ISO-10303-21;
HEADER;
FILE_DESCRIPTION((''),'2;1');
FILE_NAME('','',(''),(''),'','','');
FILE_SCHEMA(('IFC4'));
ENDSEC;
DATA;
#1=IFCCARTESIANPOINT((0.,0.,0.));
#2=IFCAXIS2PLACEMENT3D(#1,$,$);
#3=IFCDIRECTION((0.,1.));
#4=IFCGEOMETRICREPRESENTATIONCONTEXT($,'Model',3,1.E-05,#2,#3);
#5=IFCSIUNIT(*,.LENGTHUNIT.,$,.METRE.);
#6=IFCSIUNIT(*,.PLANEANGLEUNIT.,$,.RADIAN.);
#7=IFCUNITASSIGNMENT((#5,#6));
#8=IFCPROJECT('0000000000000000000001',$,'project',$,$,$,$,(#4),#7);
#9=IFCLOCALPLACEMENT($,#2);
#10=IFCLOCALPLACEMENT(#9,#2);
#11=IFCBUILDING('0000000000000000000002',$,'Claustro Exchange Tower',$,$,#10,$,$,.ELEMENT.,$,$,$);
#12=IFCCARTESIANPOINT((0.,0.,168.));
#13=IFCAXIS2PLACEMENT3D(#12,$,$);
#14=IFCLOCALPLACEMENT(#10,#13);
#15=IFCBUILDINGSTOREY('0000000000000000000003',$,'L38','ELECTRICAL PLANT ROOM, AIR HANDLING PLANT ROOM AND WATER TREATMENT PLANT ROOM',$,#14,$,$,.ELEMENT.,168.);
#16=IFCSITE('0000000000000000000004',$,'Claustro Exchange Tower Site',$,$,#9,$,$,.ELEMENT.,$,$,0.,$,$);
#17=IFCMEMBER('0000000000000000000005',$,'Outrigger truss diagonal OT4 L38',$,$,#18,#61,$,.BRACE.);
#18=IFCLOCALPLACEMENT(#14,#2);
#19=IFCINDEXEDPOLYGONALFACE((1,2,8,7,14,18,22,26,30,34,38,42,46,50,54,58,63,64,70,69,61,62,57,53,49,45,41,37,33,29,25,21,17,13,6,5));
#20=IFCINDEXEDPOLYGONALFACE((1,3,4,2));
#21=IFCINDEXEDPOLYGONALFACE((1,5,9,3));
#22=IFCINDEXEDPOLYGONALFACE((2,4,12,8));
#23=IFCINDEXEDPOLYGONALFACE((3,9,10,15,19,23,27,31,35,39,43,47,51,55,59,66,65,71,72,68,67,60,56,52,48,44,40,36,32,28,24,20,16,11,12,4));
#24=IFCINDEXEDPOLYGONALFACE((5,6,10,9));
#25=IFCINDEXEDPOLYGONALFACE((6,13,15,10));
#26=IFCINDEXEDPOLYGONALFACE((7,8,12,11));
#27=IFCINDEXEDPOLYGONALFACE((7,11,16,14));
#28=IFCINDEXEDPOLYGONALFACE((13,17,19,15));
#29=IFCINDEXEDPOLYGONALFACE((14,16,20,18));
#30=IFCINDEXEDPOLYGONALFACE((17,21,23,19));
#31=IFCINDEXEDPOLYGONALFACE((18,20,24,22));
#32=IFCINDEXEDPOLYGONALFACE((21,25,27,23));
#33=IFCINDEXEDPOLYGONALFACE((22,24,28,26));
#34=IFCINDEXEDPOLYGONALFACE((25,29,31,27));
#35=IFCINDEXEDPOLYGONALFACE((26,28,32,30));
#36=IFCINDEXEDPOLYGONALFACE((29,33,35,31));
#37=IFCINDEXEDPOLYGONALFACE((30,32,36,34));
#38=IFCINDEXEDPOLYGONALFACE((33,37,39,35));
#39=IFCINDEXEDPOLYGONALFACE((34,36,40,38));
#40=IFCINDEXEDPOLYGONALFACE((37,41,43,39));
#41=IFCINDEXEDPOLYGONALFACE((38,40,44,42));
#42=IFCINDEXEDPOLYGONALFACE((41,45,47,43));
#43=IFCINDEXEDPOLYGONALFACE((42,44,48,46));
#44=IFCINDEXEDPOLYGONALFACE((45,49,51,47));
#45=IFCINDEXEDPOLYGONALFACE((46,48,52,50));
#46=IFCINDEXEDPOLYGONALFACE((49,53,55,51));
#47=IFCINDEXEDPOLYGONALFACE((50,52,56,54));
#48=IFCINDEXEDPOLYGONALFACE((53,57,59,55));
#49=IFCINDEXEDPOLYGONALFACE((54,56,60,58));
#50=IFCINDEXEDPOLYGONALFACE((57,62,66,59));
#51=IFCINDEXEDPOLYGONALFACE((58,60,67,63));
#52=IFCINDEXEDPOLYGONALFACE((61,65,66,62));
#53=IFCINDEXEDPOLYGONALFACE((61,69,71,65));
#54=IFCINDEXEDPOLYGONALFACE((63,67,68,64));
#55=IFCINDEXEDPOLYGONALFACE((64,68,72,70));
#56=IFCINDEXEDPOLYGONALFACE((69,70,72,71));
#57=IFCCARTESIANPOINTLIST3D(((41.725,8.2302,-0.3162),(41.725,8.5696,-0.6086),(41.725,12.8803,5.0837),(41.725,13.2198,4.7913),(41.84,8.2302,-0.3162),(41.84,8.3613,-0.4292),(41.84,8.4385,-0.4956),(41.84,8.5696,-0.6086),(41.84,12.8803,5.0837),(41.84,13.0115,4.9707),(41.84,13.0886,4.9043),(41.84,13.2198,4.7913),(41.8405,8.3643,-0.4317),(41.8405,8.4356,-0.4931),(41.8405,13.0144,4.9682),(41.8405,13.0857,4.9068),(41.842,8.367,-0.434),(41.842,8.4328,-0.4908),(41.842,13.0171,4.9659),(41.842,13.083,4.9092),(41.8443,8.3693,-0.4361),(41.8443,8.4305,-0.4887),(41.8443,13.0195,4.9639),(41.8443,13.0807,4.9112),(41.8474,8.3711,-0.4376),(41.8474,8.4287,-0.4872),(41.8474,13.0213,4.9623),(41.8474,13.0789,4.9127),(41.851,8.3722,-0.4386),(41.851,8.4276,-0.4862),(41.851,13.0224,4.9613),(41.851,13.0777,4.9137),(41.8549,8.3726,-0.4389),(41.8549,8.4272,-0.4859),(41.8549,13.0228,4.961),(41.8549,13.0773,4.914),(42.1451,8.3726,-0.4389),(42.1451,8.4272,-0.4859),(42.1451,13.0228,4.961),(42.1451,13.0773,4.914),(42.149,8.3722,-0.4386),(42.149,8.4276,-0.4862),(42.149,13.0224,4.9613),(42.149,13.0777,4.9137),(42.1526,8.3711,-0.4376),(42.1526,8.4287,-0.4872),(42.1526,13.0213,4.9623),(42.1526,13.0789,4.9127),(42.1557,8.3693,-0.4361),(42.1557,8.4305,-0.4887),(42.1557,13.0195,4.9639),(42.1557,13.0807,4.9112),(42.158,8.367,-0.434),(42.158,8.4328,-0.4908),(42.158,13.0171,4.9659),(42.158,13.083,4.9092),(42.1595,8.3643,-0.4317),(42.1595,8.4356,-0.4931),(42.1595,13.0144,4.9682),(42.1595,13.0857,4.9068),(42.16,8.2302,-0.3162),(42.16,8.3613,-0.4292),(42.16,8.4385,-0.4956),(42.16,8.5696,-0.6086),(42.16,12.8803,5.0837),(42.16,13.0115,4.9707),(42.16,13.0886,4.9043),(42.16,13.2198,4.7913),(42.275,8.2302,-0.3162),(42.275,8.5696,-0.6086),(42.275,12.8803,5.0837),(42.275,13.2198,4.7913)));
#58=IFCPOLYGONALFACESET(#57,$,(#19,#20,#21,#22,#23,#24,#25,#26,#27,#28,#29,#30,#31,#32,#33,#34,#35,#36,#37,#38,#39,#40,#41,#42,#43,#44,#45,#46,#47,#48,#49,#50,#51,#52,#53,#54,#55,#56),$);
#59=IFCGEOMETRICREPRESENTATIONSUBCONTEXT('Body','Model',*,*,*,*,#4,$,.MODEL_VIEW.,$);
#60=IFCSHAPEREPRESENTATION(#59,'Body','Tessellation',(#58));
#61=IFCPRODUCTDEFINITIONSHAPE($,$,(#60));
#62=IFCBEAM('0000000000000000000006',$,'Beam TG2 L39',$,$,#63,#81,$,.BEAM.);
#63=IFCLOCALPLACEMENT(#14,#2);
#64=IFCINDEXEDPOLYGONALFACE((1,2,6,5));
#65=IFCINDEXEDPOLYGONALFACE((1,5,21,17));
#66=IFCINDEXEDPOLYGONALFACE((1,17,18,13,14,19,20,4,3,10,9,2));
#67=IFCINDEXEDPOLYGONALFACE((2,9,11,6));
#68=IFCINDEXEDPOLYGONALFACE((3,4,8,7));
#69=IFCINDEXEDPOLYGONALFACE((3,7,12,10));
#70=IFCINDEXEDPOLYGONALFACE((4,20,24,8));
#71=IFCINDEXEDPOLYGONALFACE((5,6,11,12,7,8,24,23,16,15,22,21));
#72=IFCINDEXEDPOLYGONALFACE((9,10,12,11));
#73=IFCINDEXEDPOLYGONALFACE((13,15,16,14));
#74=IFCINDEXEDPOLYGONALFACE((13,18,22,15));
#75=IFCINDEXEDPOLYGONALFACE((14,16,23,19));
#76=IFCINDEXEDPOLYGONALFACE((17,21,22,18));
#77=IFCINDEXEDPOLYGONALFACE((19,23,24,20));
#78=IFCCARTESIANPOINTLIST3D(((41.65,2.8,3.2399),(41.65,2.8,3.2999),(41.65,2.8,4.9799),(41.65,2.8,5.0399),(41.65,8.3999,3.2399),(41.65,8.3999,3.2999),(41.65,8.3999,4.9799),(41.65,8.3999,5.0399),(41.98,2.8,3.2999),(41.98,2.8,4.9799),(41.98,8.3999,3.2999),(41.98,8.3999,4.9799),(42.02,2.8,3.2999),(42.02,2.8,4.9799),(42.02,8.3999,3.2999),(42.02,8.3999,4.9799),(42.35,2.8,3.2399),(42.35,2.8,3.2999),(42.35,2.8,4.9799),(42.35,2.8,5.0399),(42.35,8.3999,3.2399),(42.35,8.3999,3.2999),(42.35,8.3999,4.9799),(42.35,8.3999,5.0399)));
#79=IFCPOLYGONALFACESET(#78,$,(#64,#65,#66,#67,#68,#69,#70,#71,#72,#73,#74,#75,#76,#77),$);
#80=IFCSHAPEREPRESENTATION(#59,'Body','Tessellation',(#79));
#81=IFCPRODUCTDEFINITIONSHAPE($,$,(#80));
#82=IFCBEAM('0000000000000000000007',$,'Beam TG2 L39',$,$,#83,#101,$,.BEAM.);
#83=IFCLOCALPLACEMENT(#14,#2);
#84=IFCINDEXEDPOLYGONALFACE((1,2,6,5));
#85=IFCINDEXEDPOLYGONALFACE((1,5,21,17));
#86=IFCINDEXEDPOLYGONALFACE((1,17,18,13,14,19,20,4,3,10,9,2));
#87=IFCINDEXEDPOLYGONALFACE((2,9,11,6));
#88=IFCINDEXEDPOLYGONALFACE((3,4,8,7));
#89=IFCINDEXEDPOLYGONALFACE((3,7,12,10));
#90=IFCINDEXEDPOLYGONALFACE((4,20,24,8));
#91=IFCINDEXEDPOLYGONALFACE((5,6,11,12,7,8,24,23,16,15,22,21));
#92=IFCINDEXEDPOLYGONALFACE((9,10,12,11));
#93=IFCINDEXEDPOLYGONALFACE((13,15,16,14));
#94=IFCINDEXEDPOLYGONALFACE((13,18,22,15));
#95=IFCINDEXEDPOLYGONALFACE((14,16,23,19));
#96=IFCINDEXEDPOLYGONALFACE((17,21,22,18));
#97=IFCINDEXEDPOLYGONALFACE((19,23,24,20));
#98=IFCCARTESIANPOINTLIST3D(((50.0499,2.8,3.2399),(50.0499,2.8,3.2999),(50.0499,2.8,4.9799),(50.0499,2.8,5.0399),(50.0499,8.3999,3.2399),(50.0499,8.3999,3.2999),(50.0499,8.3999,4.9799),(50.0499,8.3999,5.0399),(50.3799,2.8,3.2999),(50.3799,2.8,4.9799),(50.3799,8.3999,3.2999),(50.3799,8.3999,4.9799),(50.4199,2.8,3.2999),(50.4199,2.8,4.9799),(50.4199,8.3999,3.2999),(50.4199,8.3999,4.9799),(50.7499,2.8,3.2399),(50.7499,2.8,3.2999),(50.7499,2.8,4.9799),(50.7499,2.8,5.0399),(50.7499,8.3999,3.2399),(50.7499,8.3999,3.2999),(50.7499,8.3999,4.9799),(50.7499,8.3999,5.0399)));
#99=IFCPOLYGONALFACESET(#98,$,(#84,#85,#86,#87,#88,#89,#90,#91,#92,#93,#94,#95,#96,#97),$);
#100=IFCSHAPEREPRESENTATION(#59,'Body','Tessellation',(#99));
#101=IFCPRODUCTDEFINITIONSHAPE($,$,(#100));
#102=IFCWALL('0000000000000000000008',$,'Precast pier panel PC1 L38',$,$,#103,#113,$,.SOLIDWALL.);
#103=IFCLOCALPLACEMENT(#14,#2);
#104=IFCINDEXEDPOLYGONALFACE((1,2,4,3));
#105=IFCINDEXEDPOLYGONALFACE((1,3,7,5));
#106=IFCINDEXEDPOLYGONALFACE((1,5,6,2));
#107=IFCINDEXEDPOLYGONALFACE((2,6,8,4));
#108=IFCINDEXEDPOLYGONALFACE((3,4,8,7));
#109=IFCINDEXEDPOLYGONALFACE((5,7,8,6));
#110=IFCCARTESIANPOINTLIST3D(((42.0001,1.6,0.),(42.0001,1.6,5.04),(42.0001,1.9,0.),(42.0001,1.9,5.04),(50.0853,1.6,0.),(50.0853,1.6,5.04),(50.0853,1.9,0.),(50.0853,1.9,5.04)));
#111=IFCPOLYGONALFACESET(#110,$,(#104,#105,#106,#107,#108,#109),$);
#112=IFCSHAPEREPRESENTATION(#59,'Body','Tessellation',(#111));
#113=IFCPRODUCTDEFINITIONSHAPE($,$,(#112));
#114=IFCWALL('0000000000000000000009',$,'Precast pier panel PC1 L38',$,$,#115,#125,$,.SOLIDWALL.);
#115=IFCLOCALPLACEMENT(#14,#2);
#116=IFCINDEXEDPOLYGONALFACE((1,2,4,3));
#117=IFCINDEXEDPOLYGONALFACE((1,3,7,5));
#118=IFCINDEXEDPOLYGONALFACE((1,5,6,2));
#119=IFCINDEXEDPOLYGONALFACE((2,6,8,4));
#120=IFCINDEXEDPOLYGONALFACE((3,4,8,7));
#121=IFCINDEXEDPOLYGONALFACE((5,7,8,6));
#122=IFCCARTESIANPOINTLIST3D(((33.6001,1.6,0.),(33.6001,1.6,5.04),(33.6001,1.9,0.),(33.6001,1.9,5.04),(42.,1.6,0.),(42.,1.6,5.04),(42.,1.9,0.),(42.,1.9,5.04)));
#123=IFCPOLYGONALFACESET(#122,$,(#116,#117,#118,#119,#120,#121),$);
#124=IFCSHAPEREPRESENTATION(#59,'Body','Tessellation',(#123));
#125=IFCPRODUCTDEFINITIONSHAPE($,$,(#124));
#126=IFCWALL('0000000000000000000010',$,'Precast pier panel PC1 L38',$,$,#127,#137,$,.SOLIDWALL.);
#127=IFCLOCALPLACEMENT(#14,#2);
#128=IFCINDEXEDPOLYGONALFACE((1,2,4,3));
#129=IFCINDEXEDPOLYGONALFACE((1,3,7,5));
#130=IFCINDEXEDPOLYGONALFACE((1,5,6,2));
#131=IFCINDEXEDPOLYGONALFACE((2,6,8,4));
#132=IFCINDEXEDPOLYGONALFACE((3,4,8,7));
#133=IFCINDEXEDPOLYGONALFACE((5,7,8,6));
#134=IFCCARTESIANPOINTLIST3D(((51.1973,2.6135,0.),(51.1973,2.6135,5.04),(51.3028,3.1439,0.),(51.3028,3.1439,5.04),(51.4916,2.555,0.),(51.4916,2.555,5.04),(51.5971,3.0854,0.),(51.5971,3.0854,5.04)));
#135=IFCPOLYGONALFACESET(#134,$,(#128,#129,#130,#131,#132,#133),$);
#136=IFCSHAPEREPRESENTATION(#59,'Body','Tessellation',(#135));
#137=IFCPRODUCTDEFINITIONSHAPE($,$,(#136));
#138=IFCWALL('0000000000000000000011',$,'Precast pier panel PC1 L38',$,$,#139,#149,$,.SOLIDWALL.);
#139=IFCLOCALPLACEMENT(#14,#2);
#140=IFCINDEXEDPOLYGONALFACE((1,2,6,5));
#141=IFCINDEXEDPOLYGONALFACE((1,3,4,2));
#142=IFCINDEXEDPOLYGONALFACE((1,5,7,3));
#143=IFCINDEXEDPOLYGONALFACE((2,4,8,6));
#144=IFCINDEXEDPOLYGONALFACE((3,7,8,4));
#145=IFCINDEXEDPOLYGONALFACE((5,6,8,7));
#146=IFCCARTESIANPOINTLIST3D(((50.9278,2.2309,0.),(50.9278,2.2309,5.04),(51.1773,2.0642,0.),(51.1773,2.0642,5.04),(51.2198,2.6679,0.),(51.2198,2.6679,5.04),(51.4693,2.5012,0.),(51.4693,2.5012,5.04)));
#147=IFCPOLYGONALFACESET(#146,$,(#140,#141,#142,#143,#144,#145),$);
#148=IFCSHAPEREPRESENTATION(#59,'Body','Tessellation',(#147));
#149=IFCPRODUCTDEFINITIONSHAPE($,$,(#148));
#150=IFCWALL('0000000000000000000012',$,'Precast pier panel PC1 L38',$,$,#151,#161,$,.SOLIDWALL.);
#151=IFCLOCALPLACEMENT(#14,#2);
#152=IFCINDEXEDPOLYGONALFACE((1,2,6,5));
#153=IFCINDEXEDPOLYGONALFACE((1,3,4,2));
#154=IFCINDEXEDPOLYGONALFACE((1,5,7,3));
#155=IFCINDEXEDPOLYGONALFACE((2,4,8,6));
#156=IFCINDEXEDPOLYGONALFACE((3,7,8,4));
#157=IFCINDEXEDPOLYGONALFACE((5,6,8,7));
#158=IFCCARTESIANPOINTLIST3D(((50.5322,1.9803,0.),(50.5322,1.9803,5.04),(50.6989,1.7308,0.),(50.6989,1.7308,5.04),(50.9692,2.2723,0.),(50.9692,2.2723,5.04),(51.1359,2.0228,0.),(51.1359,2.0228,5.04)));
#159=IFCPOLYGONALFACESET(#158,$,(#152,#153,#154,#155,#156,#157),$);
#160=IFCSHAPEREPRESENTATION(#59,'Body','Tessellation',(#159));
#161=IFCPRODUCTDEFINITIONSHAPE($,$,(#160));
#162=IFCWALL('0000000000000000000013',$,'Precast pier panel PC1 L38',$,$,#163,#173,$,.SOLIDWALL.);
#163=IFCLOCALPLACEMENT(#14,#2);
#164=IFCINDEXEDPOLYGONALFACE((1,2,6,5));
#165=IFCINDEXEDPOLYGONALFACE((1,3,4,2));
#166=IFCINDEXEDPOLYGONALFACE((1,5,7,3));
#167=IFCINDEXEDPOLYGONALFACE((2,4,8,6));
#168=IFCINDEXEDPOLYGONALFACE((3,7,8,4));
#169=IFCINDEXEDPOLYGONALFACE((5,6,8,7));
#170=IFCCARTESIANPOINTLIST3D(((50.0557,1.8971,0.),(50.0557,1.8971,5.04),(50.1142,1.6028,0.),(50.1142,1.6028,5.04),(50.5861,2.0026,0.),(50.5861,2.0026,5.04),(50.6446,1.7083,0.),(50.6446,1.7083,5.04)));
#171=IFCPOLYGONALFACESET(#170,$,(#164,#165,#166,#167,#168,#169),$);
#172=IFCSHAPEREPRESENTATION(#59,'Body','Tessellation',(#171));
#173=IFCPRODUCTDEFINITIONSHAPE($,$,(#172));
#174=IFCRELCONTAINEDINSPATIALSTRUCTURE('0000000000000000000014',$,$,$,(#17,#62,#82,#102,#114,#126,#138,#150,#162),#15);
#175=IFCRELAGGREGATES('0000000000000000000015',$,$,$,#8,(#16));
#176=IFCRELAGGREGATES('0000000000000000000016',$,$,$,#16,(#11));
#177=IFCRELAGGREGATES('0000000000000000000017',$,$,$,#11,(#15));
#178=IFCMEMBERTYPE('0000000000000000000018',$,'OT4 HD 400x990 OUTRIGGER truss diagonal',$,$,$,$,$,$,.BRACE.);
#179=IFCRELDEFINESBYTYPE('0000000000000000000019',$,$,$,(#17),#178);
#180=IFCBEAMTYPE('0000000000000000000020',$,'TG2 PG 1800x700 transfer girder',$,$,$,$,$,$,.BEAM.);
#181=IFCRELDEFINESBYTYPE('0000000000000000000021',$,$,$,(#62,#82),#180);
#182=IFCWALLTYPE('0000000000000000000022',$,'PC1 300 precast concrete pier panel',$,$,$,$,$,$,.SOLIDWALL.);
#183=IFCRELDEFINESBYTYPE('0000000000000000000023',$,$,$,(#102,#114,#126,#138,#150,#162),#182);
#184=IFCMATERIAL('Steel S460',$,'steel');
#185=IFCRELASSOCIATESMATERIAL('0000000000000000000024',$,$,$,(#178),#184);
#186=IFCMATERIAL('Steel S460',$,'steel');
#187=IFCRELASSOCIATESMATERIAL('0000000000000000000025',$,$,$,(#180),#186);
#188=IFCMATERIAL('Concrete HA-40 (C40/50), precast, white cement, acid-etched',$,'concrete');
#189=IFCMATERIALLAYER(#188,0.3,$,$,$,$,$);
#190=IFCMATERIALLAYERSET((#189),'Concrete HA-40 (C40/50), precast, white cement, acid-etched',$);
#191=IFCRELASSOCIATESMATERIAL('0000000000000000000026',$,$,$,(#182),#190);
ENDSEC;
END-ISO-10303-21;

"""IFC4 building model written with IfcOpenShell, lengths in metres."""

from ifc_helpers import new_model, si_unit, direction, frame, frame_2d, origin, origin_2d, place, context, subcontext, project, spatial, rectangle, i_section, extrude, material, layer, layer_set, material_profile, profile_set, type_object, element, save


model = new_model("IFC4")

# Units and contexts
model_context = context("Model", 3, precision=1e-05, world=origin(), true_north=direction((0.0, 1.0)))
body_context = subcontext(model_context, "Body", "Model", "MODEL_VIEW")
ifc_project = project(units=[si_unit("LENGTHUNIT", "METRE"), si_unit("PLANEANGLEUNIT", "RADIAN")], contexts=[model_context])

# Site, building, storey
site_placement = place(None, origin())
site = spatial("IfcSite", under=ifc_project, at=site_placement, Name="Claustro Exchange Tower Site", CompositionType="ELEMENT", RefElevation=0.0)
building_placement = place(site_placement, origin())
building = spatial("IfcBuilding", under=site, at=building_placement, Name="Claustro Exchange Tower", CompositionType="ELEMENT")
storey_placement = place(building_placement, frame((0.0, 0.0, 168.0)))
storey = spatial("IfcBuildingStorey", under=building, at=storey_placement, Name="L38", Description="ELECTRICAL PLANT ROOM, AIR HANDLING PLANT ROOM AND WATER TREATMENT PLANT ROOM", CompositionType="ELEMENT", Elevation=168.0)

# Member
ifc_material_1 = material(Name="Steel S460", Category="steel")
ifc_material_profile_1 = material_profile(ifc_material_1, i_section(OverallWidth=0.448, OverallDepth=0.55, WebThickness=0.072, FlangeThickness=0.115, FilletRadius=0.0149, at=origin_2d()), Name="HD 400x990")
ifc_profile_set_1 = profile_set([ifc_material_profile_1], Name="Steel S460")
member_type_1 = type_object("IfcMemberType", Name="OT4 HD 400x990 OUTRIGGER truss diagonal", PredefinedType="BRACE", material=ifc_profile_set_1)
member_1_placement = place(storey_placement, frame((42.0, 8.3999, -0.4624), z_axis=(0.0, 0.652542, 0.757753), x_axis=(0.0, -0.757753, 0.652542)))
element("IfcMember", 1, at=member_1_placement, inside=storey, type_object=member_type_1, Name="Outrigger truss diagonal OT4 L38", PredefinedType="BRACE", context=body_context, shape_type="SweptSolid", body=[
    extrude(i_section(OverallWidth=0.448, OverallDepth=0.55, WebThickness=0.072, FlangeThickness=0.115, FilletRadius=0.0149, at=origin_2d()), origin(), (0.0, 0.0, 1.0), 7.1262),
])

# Beams
ifc_material_2 = material(Name="Steel S460", Category="steel")
ifc_material_profile_2 = material_profile(ifc_material_2, i_section(OverallWidth=0.7, OverallDepth=1.8, WebThickness=0.04, FlangeThickness=0.0601, at=origin_2d()), Name="PG 1800x700")
ifc_profile_set_2 = profile_set([ifc_material_profile_2], Name="Steel S460")
beam_type_1 = type_object("IfcBeamType", Name="TG2 PG 1800x700 transfer girder", PredefinedType="BEAM", material=ifc_profile_set_2)
for number, where, z_axis, x_axis, name in (
    (2, (42.0, 2.8, 4.1399), (0.0, 1.0, 0.0), (-1.0, 0.0, 0.0), "Beam TG2 L39"),
    (3, (50.3999, 2.8, 4.1399), (0.0, 1.0, 0.0), (-1.0, 0.0, 0.0), "Beam TG2 L39"),
):
    element("IfcBeam", number, at=place(storey_placement, frame(where, z_axis=z_axis, x_axis=x_axis)), inside=storey, type_object=beam_type_1, Name=name, PredefinedType="BEAM", context=body_context, shape_type="SweptSolid", body=[
        extrude(i_section(OverallWidth=0.7, OverallDepth=1.8, WebThickness=0.04, FlangeThickness=0.0601, at=origin_2d()), origin(), (0.0, 0.0, 1.0), 5.5999),
    ])

# Walls
ifc_material_3 = material(Name="Concrete HA-40 (C40/50), precast, white cement, acid-etched", Category="concrete")
ifc_layer = layer(ifc_material_3, 0.3)
ifc_layer_set = layer_set([ifc_layer], Name="Concrete HA-40 (C40/50), precast, white cement, acid-etched")
wall_type = type_object("IfcWallType", Name="PC1 300 precast concrete pier panel", PredefinedType="SOLIDWALL", material=ifc_layer_set)
wall_1_placement = place(storey_placement, frame((50.0852, 1.75, 0.0), z_axis=(0.0, 0.0, 1.0), x_axis=(-1.0, 0.0, 0.0)))
element("IfcWall", 4, at=wall_1_placement, inside=storey, type_object=wall_type, Name="Precast pier panel PC1 L38", PredefinedType="SOLIDWALL", context=body_context, shape_type="SweptSolid", body=[
    extrude(rectangle(XDim=8.0852, YDim=0.3, at=frame_2d((4.0425, 0.0))), origin(), (0.0, 0.0, 1.0), 5.04),
])
wall_2_placement = place(storey_placement, frame((42.0, 1.75, 0.0), z_axis=(0.0, 0.0, 1.0), x_axis=(-1.0, 0.0, 0.0)))
element("IfcWall", 5, at=wall_2_placement, inside=storey, type_object=wall_type, Name="Precast pier panel PC1 L38", PredefinedType="SOLIDWALL", context=body_context, shape_type="SweptSolid", body=[
    extrude(rectangle(XDim=8.3999, YDim=0.3, at=frame_2d((4.2, 0.0))), origin(), (0.0, 0.0, 1.0), 5.04),
])
wall_3_placement = place(storey_placement, frame((51.45, 3.1147, 0.0), z_axis=(0.0, 0.0, 1.0), x_axis=(-0.195074, -0.980789, 0.0)))
element("IfcWall", 6, at=wall_3_placement, inside=storey, type_object=wall_type, Name="Precast pier panel PC1 L38", PredefinedType="SOLIDWALL", context=body_context, shape_type="SweptSolid", body=[
    extrude(rectangle(XDim=0.5408, YDim=0.3, at=frame_2d((0.2705, 0.0))), origin(), (0.0, 0.0, 1.0), 5.04),
])
for number, where, z_axis, x_axis, name in (
    (7, (51.3445, 2.5845, 0.0), (0.0, 0.0, 1.0), (-0.555557, -0.831478, 0.0), "Precast pier panel PC1 L38"),
    (8, (51.0525, 2.1475, 0.0), (0.0, 0.0, 1.0), (-0.831478, -0.555557, 0.0), "Precast pier panel PC1 L38"),
):
    element("IfcWall", number, at=place(storey_placement, frame(where, z_axis=z_axis, x_axis=x_axis)), inside=storey, type_object=wall_type, Name=name, PredefinedType="SOLIDWALL", context=body_context, shape_type="SweptSolid", body=[
        extrude(rectangle(XDim=0.5256, YDim=0.3, at=frame_2d((0.2627, 0.0))), origin(), (0.0, 0.0, 1.0), 5.04),
    ])
wall_4_placement = place(storey_placement, frame((50.6155, 1.8555, 0.0), z_axis=(0.0, 0.0, 1.0), x_axis=(-0.980789, -0.195074, 0.0)))
element("IfcWall", 9, at=wall_4_placement, inside=storey, type_object=wall_type, Name="Precast pier panel PC1 L38", PredefinedType="SOLIDWALL", context=body_context, shape_type="SweptSolid", body=[
    extrude(rectangle(XDim=0.5408, YDim=0.3, at=frame_2d((0.2705, 0.0))), origin(), (0.0, 0.0, 1.0), 5.04),
])

save(model, "model.ifc")
